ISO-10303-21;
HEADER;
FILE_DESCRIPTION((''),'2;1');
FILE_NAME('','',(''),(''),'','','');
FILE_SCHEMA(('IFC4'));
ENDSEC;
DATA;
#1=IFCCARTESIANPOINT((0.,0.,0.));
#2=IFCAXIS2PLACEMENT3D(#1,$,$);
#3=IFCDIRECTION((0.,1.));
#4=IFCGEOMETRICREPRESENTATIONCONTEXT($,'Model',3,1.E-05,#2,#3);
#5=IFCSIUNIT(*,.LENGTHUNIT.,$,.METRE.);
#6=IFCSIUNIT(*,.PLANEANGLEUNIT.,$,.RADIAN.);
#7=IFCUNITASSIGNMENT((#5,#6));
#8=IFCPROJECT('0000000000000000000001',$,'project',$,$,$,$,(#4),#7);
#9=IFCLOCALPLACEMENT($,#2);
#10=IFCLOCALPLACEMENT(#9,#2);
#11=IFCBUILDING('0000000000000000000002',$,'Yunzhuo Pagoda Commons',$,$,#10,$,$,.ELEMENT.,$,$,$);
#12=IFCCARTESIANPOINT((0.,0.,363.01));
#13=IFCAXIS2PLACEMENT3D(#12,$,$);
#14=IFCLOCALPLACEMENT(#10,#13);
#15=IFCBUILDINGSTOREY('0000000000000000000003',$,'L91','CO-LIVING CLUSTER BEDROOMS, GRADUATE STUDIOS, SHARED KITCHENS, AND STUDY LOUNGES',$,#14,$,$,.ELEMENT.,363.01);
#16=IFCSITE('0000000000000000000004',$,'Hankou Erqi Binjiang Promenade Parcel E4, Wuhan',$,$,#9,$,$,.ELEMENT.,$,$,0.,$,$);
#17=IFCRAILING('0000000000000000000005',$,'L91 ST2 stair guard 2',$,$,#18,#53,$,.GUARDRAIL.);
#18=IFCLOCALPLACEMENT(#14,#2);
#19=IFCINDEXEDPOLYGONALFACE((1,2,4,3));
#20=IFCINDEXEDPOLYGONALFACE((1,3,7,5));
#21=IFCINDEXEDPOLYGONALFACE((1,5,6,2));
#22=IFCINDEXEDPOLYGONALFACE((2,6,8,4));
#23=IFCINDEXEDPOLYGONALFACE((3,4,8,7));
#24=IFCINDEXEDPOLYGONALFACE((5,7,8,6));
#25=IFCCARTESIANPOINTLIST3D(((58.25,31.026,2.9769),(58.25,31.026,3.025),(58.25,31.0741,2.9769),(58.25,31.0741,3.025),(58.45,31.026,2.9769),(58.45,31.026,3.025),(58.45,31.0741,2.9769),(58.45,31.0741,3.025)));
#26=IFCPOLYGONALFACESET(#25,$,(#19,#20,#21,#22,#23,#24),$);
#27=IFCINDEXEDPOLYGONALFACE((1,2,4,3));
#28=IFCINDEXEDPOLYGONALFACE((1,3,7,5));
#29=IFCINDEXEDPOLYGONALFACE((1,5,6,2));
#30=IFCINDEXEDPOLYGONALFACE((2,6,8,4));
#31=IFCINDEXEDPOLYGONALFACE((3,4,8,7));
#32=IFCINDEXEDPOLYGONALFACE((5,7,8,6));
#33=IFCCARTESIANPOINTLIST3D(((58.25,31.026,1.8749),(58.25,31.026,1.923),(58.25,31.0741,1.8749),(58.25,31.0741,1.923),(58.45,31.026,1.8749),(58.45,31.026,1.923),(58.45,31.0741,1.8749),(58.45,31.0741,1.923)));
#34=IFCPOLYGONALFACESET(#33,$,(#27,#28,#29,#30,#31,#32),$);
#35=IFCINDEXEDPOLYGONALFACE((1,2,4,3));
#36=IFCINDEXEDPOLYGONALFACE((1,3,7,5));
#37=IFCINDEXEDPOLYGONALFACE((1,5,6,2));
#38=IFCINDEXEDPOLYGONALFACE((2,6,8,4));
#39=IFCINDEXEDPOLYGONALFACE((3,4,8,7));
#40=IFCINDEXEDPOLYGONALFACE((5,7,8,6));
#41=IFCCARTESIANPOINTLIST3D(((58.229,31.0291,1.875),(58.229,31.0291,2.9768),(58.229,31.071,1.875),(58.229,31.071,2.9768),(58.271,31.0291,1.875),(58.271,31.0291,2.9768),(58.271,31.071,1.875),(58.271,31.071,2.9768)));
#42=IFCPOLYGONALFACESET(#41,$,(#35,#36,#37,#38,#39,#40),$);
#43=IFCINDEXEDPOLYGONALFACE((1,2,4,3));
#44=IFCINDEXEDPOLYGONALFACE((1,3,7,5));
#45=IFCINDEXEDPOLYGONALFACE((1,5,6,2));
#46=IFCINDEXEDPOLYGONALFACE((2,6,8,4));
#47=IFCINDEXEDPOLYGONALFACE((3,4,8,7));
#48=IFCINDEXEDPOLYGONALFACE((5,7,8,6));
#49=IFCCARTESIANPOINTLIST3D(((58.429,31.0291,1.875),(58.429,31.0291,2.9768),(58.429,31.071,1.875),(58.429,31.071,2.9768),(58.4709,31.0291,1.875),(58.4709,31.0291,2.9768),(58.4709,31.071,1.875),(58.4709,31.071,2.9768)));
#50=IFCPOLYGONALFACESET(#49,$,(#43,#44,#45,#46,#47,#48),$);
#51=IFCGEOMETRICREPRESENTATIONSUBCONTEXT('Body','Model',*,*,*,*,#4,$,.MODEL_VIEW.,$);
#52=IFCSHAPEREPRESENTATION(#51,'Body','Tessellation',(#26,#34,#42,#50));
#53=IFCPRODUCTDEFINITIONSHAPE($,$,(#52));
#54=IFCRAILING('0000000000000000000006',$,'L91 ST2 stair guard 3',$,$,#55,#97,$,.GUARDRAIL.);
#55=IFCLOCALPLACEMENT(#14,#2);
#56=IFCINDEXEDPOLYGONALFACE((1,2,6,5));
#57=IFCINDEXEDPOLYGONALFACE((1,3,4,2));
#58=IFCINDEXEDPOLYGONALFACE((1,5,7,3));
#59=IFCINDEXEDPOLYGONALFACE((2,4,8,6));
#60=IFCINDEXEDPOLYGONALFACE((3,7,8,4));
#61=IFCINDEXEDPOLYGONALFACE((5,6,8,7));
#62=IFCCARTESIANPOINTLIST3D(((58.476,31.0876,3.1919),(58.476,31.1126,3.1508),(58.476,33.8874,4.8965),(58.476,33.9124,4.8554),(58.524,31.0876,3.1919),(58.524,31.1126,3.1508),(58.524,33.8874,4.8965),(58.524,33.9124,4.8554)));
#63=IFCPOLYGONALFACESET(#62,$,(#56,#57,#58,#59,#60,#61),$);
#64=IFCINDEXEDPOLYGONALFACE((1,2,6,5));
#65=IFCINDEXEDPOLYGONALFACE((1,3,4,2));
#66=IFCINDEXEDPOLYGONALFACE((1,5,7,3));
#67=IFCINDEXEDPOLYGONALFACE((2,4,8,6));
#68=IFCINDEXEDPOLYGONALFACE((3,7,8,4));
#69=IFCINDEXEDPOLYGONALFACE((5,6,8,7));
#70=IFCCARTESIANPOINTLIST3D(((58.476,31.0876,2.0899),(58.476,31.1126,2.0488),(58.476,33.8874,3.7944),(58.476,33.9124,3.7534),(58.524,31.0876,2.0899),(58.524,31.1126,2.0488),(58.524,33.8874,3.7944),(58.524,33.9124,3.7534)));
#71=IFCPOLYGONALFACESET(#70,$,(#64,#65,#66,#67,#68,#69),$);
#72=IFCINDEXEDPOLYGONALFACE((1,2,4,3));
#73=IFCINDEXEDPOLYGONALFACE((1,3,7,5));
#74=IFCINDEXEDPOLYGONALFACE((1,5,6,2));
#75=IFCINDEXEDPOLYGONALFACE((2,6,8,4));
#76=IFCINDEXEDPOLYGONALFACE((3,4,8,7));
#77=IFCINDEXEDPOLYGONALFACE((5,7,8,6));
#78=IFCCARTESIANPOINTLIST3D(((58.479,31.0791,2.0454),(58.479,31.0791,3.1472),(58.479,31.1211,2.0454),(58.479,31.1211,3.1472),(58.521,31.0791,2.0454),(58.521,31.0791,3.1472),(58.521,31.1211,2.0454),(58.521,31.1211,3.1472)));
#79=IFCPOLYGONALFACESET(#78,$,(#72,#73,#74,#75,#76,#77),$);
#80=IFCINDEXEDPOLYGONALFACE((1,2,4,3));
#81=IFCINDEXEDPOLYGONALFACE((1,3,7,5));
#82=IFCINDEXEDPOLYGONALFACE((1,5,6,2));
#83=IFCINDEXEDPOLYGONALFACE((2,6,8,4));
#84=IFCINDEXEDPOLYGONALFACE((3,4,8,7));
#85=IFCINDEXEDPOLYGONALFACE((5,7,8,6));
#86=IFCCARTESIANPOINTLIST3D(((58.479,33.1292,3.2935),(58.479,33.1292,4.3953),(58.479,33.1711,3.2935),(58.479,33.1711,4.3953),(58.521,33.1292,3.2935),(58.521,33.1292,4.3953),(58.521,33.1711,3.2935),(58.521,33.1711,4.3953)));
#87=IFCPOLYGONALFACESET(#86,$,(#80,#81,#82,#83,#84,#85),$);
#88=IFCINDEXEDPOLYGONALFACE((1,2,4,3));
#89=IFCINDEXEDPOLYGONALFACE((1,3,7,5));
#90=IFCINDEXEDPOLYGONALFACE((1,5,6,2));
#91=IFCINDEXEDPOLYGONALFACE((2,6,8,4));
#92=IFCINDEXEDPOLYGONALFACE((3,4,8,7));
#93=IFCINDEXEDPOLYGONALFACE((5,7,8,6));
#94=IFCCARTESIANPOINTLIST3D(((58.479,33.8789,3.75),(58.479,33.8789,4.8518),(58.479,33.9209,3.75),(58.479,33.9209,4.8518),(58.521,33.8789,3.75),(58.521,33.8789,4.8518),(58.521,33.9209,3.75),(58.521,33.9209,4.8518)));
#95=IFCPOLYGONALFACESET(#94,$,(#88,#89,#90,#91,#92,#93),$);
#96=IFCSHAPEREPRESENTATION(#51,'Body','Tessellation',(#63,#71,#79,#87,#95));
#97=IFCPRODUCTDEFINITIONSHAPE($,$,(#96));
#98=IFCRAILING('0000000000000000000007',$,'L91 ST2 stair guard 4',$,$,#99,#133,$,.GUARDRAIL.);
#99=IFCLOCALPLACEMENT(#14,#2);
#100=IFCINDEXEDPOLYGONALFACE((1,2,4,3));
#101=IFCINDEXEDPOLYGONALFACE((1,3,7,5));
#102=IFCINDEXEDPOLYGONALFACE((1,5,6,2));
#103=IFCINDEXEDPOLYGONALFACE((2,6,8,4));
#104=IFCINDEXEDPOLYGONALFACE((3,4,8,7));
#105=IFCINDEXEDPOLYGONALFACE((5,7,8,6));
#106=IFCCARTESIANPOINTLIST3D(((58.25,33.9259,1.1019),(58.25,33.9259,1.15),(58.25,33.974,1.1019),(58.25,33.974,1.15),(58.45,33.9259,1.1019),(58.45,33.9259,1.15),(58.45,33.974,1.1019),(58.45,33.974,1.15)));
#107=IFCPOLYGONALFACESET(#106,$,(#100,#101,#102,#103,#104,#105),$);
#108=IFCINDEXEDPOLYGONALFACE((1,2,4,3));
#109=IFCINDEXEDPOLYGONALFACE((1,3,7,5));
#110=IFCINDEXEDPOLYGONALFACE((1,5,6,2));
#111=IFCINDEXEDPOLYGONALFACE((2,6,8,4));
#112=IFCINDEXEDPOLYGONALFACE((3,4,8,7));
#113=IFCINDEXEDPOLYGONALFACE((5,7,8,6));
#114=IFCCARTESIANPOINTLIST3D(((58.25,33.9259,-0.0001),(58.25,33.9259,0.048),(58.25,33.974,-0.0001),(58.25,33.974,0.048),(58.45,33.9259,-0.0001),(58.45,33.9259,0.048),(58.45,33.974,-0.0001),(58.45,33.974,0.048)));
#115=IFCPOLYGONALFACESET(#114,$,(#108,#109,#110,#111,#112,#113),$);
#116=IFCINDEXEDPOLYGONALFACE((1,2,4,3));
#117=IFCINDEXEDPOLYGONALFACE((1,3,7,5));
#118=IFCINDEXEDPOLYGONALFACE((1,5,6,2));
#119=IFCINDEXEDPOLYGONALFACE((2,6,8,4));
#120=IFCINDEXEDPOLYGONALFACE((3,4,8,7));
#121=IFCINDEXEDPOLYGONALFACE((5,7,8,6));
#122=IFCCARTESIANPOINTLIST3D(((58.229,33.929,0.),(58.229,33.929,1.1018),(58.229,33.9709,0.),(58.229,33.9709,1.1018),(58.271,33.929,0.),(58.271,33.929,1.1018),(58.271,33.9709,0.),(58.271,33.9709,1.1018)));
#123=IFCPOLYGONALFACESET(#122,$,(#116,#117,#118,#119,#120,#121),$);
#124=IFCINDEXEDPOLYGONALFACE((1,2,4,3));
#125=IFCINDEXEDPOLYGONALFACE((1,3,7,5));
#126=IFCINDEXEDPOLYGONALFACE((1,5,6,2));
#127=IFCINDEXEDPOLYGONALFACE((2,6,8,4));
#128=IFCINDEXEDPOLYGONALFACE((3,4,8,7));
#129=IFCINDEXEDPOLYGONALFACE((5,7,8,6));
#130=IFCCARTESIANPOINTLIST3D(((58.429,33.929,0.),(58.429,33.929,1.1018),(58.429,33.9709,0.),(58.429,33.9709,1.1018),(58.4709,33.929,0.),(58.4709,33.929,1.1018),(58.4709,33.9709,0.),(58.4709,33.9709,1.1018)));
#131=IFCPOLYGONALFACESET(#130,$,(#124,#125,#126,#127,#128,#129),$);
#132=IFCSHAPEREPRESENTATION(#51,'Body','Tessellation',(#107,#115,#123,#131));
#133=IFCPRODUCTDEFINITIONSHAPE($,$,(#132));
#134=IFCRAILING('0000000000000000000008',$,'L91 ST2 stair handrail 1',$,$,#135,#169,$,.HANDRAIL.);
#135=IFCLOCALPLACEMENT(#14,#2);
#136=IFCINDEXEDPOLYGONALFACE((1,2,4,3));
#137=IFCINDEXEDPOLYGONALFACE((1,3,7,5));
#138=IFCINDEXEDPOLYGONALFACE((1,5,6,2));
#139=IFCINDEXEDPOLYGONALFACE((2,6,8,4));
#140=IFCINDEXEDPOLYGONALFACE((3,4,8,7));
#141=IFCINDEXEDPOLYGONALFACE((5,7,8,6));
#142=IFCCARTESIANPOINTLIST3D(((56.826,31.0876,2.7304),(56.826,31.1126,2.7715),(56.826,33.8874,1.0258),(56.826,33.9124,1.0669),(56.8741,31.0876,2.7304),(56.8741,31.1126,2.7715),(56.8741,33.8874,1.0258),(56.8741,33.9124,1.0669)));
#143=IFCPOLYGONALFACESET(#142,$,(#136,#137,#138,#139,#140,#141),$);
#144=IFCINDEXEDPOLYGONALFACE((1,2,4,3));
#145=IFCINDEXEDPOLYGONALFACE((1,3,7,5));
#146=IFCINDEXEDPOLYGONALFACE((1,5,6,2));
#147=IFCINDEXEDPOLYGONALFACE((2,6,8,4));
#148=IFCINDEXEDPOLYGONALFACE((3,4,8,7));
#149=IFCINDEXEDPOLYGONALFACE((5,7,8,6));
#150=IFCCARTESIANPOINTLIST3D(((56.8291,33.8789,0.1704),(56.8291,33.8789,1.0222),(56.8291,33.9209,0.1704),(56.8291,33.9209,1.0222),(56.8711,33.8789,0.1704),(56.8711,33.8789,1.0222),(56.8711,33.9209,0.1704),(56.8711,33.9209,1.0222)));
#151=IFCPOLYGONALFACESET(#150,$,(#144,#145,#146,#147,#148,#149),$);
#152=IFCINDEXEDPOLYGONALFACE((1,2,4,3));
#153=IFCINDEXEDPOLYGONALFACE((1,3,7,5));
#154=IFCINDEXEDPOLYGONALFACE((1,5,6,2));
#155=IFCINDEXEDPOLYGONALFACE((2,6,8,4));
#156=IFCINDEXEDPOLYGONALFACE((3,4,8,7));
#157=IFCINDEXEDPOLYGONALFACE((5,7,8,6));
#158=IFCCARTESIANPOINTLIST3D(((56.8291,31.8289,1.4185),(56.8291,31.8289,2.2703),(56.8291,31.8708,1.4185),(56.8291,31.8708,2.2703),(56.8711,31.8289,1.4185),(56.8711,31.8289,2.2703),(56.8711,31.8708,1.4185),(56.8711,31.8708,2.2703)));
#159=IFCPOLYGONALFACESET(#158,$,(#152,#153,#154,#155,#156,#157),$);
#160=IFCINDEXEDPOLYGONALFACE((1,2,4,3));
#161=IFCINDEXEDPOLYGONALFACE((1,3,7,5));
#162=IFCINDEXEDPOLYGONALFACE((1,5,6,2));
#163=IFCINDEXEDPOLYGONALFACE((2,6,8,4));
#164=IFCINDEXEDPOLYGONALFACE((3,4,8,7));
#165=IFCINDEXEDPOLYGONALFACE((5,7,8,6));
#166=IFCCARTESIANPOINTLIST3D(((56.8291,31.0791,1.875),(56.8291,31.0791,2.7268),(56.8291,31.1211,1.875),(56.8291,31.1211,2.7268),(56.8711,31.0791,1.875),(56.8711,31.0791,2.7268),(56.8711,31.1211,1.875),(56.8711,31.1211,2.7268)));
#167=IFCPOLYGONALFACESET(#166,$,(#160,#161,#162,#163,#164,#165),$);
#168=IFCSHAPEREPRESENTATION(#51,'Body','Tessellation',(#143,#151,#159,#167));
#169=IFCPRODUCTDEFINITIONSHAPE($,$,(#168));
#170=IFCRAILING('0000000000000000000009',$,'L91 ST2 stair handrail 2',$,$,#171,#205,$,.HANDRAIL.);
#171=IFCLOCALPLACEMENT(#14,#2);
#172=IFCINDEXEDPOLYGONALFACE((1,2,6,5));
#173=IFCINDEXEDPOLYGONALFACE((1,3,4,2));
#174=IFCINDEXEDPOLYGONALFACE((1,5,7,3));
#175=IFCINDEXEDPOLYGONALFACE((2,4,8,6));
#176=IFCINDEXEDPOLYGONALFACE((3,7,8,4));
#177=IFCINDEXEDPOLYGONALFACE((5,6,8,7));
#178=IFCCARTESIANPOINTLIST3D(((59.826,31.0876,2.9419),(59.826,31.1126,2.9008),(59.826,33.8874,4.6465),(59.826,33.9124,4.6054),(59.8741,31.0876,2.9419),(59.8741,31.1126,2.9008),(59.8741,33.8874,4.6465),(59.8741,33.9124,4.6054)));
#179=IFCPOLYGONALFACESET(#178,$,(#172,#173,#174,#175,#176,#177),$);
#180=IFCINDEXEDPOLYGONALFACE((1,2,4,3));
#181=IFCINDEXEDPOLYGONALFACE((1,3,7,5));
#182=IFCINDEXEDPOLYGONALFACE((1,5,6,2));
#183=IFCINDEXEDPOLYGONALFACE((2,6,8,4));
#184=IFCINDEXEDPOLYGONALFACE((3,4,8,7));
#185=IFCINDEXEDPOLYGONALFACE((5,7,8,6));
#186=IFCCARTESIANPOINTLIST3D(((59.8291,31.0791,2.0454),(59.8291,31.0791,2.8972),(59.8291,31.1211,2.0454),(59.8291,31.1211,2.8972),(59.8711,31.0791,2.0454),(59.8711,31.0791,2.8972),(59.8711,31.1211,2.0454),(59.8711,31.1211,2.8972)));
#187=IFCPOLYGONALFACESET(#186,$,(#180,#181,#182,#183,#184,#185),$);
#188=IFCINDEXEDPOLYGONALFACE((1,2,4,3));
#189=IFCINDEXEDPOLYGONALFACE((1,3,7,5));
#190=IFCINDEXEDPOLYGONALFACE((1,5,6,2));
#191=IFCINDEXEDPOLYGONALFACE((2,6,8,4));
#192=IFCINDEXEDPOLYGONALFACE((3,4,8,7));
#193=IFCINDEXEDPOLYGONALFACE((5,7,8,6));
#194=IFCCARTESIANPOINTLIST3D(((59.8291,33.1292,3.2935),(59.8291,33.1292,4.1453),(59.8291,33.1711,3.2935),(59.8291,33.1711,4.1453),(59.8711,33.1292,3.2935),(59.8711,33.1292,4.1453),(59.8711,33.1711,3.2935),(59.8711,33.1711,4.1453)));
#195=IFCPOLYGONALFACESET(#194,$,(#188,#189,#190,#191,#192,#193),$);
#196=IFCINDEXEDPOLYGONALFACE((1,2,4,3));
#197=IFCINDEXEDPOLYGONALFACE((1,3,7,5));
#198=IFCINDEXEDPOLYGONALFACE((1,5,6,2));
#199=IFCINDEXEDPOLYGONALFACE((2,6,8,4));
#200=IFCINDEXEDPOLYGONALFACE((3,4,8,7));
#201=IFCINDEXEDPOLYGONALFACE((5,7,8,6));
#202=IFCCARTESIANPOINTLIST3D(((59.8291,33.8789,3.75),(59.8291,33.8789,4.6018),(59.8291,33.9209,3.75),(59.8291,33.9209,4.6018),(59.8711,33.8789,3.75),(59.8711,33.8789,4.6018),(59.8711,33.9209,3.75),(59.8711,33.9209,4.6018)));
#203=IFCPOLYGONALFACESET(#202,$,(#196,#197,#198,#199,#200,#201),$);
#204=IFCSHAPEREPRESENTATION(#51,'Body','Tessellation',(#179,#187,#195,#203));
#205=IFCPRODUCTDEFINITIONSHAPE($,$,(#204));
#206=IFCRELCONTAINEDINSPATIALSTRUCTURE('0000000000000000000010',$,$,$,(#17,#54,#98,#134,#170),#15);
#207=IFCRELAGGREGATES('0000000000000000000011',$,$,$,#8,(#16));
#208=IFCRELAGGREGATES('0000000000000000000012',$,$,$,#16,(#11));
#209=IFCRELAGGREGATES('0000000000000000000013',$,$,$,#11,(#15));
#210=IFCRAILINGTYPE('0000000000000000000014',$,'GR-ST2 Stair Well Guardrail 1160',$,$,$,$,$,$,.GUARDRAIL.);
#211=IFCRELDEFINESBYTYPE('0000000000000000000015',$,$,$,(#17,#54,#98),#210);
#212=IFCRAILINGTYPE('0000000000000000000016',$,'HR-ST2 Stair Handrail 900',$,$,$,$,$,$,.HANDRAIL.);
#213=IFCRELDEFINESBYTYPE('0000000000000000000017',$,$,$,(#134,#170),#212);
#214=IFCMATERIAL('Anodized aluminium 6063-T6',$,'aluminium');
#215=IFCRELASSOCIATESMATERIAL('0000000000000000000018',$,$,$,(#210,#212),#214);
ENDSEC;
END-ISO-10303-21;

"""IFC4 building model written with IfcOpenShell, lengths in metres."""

from ifc_helpers import new_model, si_unit, direction, frame, origin, origin_2d, place, context, subcontext, project, spatial, rectangle, extrude, material, type_object, element, save


model = new_model("IFC4")

# Units and contexts
model_context = context("Model", 3, precision=1e-05, world=origin(), true_north=direction((0.0, 1.0)))
body_context = subcontext(model_context, "Body", "Model", "MODEL_VIEW")
ifc_project = project(units=[si_unit("LENGTHUNIT", "METRE"), si_unit("PLANEANGLEUNIT", "RADIAN")], contexts=[model_context])

# Site, building, storey
site_placement = place(None, origin())
site = spatial("IfcSite", under=ifc_project, at=site_placement, Name="Hankou Erqi Binjiang Promenade Parcel E4, Wuhan", CompositionType="ELEMENT", RefElevation=0.0)
building_placement = place(site_placement, origin())
building = spatial("IfcBuilding", under=site, at=building_placement, Name="Yunzhuo Pagoda Commons", CompositionType="ELEMENT")
storey_placement = place(building_placement, frame((0.0, 0.0, 363.01)))
storey = spatial("IfcBuildingStorey", under=building, at=storey_placement, Name="L91", Description="CO-LIVING CLUSTER BEDROOMS, GRADUATE STUDIOS, SHARED KITCHENS, AND STUDY LOUNGES", CompositionType="ELEMENT", Elevation=363.01)

# Railings
ifc_material_1 = material(Name="Anodized aluminium 6063-T6", Category="aluminium")
railing_type_1 = type_object("IfcRailingType", Name="GR-ST2 Stair Well Guardrail 1160", PredefinedType="GUARDRAIL", material=ifc_material_1)
railing_1_placement = place(storey_placement, frame((58.25, 31.05, 1.875)))
element("IfcRailing", 1, at=railing_1_placement, inside=storey, type_object=railing_type_1, Name="L91 ST2 stair guard 2", PredefinedType="GUARDRAIL", context=body_context, shape_type="SweptSolid", body=[
    extrude(rectangle(XDim=0.0481, YDim=0.0481, at=origin_2d()), frame((0.0, 0.0, 1.126), z_axis=(1.0, 0.0, 0.0), x_axis=(0.0, 1.0, 0.0)), (0.0, 0.0, 1.0), 0.2),
    extrude(rectangle(XDim=0.0481, YDim=0.0481, at=origin_2d()), frame((0.0, 0.0, 0.0239), z_axis=(1.0, 0.0, 0.0), x_axis=(0.0, 1.0, 0.0)), (0.0, 0.0, 1.0), 0.2),
    extrude(rectangle(XDim=0.042, YDim=0.042, at=origin_2d()), origin(), (0.0, 0.0, 1.0), 1.1018),
    extrude(rectangle(XDim=0.042, YDim=0.042, at=origin_2d()), frame((0.2, 0.0, 0.0)), (0.0, 0.0, 1.0), 1.1018),
])
railing_2_placement = place(storey_placement, frame((58.5, 31.1001, 2.0454)))
element("IfcRailing", 2, at=railing_2_placement, inside=storey, type_object=railing_type_1, Name="L91 ST2 stair guard 3", PredefinedType="GUARDRAIL", context=body_context, shape_type="SweptSolid", body=[
    extrude(rectangle(XDim=0.0481, YDim=0.0481, at=origin_2d()), frame((0.0, 0.0, 1.126), z_axis=(0.0, 0.85415, 0.520027), x_axis=(-1.0, 0.0, 0.0)), (0.0, 0.0, 1.0), 3.2778),
    extrude(rectangle(XDim=0.0481, YDim=0.0481, at=origin_2d()), frame((0.0, 0.0, 0.0239), z_axis=(0.0, 0.85415, 0.520027), x_axis=(-1.0, 0.0, 0.0)), (0.0, 0.0, 1.0), 3.2778),
    extrude(rectangle(XDim=0.042, YDim=0.042, at=origin_2d()), origin(), (0.0, 0.0, 1.0), 1.1018),
    extrude(rectangle(XDim=0.042, YDim=0.042, at=origin_2d()), frame((0.0, 2.05, 1.248)), (0.0, 0.0, 1.0), 1.1018),
    extrude(rectangle(XDim=0.042, YDim=0.042, at=origin_2d()), frame((0.0, 2.7998, 1.7046)), (0.0, 0.0, 1.0), 1.1018),
])
railing_3_placement = place(storey_placement, frame((58.25, 33.95, 0.0)))
element("IfcRailing", 3, at=railing_3_placement, inside=storey, type_object=railing_type_1, Name="L91 ST2 stair guard 4", PredefinedType="GUARDRAIL", context=body_context, shape_type="SweptSolid", body=[
    extrude(rectangle(XDim=0.0481, YDim=0.0481, at=origin_2d()), frame((0.0, 0.0, 1.126), z_axis=(1.0, 0.0, 0.0), x_axis=(0.0, 1.0, 0.0)), (0.0, 0.0, 1.0), 0.2),
    extrude(rectangle(XDim=0.0481, YDim=0.0481, at=origin_2d()), frame((0.0, 0.0, 0.0239), z_axis=(1.0, 0.0, 0.0), x_axis=(0.0, 1.0, 0.0)), (0.0, 0.0, 1.0), 0.2),
    extrude(rectangle(XDim=0.042, YDim=0.042, at=origin_2d()), origin(), (0.0, 0.0, 1.0), 1.1018),
    extrude(rectangle(XDim=0.042, YDim=0.042, at=origin_2d()), frame((0.2, 0.0, 0.0)), (0.0, 0.0, 1.0), 1.1018),
])
railing_type_2 = type_object("IfcRailingType", Name="HR-ST2 Stair Handrail 900", PredefinedType="HANDRAIL", material=ifc_material_1)
railing_4_placement = place(storey_placement, frame((56.8501, 33.8999, 0.1704)))
element("IfcRailing", 4, at=railing_4_placement, inside=storey, type_object=railing_type_2, Name="L91 ST2 stair handrail 1", PredefinedType="HANDRAIL", context=body_context, shape_type="SweptSolid", body=[
    extrude(rectangle(XDim=0.0481, YDim=0.0481, at=origin_2d()), frame((0.0, 0.0, 0.876), z_axis=(0.0, -0.85415, 0.520027), x_axis=(1.0, 0.0, 0.0)), (0.0, 0.0, 1.0), 3.2778),
    extrude(rectangle(XDim=0.042, YDim=0.042, at=origin_2d()), origin(), (0.0, 0.0, 1.0), 0.8518),
    extrude(rectangle(XDim=0.042, YDim=0.042, at=origin_2d()), frame((0.0, -2.05, 1.248)), (0.0, 0.0, 1.0), 0.8518),
    extrude(rectangle(XDim=0.042, YDim=0.042, at=origin_2d()), frame((0.0, -2.7998, 1.7046)), (0.0, 0.0, 1.0), 0.8518),
])
railing_5_placement = place(storey_placement, frame((59.8501, 31.1001, 2.0454)))
element("IfcRailing", 5, at=railing_5_placement, inside=storey, type_object=railing_type_2, Name="L91 ST2 stair handrail 2", PredefinedType="HANDRAIL", context=body_context, shape_type="SweptSolid", body=[
    extrude(rectangle(XDim=0.0481, YDim=0.0481, at=origin_2d()), frame((0.0, 0.0, 0.876), z_axis=(0.0, 0.85415, 0.520027), x_axis=(-1.0, 0.0, 0.0)), (0.0, 0.0, 1.0), 3.2778),
    extrude(rectangle(XDim=0.042, YDim=0.042, at=origin_2d()), origin(), (0.0, 0.0, 1.0), 0.8518),
    extrude(rectangle(XDim=0.042, YDim=0.042, at=origin_2d()), frame((0.0, 2.05, 1.248)), (0.0, 0.0, 1.0), 0.8518),
    extrude(rectangle(XDim=0.042, YDim=0.042, at=origin_2d()), frame((0.0, 2.7998, 1.7046)), (0.0, 0.0, 1.0), 0.8518),
])

save(model, "model.ifc")
